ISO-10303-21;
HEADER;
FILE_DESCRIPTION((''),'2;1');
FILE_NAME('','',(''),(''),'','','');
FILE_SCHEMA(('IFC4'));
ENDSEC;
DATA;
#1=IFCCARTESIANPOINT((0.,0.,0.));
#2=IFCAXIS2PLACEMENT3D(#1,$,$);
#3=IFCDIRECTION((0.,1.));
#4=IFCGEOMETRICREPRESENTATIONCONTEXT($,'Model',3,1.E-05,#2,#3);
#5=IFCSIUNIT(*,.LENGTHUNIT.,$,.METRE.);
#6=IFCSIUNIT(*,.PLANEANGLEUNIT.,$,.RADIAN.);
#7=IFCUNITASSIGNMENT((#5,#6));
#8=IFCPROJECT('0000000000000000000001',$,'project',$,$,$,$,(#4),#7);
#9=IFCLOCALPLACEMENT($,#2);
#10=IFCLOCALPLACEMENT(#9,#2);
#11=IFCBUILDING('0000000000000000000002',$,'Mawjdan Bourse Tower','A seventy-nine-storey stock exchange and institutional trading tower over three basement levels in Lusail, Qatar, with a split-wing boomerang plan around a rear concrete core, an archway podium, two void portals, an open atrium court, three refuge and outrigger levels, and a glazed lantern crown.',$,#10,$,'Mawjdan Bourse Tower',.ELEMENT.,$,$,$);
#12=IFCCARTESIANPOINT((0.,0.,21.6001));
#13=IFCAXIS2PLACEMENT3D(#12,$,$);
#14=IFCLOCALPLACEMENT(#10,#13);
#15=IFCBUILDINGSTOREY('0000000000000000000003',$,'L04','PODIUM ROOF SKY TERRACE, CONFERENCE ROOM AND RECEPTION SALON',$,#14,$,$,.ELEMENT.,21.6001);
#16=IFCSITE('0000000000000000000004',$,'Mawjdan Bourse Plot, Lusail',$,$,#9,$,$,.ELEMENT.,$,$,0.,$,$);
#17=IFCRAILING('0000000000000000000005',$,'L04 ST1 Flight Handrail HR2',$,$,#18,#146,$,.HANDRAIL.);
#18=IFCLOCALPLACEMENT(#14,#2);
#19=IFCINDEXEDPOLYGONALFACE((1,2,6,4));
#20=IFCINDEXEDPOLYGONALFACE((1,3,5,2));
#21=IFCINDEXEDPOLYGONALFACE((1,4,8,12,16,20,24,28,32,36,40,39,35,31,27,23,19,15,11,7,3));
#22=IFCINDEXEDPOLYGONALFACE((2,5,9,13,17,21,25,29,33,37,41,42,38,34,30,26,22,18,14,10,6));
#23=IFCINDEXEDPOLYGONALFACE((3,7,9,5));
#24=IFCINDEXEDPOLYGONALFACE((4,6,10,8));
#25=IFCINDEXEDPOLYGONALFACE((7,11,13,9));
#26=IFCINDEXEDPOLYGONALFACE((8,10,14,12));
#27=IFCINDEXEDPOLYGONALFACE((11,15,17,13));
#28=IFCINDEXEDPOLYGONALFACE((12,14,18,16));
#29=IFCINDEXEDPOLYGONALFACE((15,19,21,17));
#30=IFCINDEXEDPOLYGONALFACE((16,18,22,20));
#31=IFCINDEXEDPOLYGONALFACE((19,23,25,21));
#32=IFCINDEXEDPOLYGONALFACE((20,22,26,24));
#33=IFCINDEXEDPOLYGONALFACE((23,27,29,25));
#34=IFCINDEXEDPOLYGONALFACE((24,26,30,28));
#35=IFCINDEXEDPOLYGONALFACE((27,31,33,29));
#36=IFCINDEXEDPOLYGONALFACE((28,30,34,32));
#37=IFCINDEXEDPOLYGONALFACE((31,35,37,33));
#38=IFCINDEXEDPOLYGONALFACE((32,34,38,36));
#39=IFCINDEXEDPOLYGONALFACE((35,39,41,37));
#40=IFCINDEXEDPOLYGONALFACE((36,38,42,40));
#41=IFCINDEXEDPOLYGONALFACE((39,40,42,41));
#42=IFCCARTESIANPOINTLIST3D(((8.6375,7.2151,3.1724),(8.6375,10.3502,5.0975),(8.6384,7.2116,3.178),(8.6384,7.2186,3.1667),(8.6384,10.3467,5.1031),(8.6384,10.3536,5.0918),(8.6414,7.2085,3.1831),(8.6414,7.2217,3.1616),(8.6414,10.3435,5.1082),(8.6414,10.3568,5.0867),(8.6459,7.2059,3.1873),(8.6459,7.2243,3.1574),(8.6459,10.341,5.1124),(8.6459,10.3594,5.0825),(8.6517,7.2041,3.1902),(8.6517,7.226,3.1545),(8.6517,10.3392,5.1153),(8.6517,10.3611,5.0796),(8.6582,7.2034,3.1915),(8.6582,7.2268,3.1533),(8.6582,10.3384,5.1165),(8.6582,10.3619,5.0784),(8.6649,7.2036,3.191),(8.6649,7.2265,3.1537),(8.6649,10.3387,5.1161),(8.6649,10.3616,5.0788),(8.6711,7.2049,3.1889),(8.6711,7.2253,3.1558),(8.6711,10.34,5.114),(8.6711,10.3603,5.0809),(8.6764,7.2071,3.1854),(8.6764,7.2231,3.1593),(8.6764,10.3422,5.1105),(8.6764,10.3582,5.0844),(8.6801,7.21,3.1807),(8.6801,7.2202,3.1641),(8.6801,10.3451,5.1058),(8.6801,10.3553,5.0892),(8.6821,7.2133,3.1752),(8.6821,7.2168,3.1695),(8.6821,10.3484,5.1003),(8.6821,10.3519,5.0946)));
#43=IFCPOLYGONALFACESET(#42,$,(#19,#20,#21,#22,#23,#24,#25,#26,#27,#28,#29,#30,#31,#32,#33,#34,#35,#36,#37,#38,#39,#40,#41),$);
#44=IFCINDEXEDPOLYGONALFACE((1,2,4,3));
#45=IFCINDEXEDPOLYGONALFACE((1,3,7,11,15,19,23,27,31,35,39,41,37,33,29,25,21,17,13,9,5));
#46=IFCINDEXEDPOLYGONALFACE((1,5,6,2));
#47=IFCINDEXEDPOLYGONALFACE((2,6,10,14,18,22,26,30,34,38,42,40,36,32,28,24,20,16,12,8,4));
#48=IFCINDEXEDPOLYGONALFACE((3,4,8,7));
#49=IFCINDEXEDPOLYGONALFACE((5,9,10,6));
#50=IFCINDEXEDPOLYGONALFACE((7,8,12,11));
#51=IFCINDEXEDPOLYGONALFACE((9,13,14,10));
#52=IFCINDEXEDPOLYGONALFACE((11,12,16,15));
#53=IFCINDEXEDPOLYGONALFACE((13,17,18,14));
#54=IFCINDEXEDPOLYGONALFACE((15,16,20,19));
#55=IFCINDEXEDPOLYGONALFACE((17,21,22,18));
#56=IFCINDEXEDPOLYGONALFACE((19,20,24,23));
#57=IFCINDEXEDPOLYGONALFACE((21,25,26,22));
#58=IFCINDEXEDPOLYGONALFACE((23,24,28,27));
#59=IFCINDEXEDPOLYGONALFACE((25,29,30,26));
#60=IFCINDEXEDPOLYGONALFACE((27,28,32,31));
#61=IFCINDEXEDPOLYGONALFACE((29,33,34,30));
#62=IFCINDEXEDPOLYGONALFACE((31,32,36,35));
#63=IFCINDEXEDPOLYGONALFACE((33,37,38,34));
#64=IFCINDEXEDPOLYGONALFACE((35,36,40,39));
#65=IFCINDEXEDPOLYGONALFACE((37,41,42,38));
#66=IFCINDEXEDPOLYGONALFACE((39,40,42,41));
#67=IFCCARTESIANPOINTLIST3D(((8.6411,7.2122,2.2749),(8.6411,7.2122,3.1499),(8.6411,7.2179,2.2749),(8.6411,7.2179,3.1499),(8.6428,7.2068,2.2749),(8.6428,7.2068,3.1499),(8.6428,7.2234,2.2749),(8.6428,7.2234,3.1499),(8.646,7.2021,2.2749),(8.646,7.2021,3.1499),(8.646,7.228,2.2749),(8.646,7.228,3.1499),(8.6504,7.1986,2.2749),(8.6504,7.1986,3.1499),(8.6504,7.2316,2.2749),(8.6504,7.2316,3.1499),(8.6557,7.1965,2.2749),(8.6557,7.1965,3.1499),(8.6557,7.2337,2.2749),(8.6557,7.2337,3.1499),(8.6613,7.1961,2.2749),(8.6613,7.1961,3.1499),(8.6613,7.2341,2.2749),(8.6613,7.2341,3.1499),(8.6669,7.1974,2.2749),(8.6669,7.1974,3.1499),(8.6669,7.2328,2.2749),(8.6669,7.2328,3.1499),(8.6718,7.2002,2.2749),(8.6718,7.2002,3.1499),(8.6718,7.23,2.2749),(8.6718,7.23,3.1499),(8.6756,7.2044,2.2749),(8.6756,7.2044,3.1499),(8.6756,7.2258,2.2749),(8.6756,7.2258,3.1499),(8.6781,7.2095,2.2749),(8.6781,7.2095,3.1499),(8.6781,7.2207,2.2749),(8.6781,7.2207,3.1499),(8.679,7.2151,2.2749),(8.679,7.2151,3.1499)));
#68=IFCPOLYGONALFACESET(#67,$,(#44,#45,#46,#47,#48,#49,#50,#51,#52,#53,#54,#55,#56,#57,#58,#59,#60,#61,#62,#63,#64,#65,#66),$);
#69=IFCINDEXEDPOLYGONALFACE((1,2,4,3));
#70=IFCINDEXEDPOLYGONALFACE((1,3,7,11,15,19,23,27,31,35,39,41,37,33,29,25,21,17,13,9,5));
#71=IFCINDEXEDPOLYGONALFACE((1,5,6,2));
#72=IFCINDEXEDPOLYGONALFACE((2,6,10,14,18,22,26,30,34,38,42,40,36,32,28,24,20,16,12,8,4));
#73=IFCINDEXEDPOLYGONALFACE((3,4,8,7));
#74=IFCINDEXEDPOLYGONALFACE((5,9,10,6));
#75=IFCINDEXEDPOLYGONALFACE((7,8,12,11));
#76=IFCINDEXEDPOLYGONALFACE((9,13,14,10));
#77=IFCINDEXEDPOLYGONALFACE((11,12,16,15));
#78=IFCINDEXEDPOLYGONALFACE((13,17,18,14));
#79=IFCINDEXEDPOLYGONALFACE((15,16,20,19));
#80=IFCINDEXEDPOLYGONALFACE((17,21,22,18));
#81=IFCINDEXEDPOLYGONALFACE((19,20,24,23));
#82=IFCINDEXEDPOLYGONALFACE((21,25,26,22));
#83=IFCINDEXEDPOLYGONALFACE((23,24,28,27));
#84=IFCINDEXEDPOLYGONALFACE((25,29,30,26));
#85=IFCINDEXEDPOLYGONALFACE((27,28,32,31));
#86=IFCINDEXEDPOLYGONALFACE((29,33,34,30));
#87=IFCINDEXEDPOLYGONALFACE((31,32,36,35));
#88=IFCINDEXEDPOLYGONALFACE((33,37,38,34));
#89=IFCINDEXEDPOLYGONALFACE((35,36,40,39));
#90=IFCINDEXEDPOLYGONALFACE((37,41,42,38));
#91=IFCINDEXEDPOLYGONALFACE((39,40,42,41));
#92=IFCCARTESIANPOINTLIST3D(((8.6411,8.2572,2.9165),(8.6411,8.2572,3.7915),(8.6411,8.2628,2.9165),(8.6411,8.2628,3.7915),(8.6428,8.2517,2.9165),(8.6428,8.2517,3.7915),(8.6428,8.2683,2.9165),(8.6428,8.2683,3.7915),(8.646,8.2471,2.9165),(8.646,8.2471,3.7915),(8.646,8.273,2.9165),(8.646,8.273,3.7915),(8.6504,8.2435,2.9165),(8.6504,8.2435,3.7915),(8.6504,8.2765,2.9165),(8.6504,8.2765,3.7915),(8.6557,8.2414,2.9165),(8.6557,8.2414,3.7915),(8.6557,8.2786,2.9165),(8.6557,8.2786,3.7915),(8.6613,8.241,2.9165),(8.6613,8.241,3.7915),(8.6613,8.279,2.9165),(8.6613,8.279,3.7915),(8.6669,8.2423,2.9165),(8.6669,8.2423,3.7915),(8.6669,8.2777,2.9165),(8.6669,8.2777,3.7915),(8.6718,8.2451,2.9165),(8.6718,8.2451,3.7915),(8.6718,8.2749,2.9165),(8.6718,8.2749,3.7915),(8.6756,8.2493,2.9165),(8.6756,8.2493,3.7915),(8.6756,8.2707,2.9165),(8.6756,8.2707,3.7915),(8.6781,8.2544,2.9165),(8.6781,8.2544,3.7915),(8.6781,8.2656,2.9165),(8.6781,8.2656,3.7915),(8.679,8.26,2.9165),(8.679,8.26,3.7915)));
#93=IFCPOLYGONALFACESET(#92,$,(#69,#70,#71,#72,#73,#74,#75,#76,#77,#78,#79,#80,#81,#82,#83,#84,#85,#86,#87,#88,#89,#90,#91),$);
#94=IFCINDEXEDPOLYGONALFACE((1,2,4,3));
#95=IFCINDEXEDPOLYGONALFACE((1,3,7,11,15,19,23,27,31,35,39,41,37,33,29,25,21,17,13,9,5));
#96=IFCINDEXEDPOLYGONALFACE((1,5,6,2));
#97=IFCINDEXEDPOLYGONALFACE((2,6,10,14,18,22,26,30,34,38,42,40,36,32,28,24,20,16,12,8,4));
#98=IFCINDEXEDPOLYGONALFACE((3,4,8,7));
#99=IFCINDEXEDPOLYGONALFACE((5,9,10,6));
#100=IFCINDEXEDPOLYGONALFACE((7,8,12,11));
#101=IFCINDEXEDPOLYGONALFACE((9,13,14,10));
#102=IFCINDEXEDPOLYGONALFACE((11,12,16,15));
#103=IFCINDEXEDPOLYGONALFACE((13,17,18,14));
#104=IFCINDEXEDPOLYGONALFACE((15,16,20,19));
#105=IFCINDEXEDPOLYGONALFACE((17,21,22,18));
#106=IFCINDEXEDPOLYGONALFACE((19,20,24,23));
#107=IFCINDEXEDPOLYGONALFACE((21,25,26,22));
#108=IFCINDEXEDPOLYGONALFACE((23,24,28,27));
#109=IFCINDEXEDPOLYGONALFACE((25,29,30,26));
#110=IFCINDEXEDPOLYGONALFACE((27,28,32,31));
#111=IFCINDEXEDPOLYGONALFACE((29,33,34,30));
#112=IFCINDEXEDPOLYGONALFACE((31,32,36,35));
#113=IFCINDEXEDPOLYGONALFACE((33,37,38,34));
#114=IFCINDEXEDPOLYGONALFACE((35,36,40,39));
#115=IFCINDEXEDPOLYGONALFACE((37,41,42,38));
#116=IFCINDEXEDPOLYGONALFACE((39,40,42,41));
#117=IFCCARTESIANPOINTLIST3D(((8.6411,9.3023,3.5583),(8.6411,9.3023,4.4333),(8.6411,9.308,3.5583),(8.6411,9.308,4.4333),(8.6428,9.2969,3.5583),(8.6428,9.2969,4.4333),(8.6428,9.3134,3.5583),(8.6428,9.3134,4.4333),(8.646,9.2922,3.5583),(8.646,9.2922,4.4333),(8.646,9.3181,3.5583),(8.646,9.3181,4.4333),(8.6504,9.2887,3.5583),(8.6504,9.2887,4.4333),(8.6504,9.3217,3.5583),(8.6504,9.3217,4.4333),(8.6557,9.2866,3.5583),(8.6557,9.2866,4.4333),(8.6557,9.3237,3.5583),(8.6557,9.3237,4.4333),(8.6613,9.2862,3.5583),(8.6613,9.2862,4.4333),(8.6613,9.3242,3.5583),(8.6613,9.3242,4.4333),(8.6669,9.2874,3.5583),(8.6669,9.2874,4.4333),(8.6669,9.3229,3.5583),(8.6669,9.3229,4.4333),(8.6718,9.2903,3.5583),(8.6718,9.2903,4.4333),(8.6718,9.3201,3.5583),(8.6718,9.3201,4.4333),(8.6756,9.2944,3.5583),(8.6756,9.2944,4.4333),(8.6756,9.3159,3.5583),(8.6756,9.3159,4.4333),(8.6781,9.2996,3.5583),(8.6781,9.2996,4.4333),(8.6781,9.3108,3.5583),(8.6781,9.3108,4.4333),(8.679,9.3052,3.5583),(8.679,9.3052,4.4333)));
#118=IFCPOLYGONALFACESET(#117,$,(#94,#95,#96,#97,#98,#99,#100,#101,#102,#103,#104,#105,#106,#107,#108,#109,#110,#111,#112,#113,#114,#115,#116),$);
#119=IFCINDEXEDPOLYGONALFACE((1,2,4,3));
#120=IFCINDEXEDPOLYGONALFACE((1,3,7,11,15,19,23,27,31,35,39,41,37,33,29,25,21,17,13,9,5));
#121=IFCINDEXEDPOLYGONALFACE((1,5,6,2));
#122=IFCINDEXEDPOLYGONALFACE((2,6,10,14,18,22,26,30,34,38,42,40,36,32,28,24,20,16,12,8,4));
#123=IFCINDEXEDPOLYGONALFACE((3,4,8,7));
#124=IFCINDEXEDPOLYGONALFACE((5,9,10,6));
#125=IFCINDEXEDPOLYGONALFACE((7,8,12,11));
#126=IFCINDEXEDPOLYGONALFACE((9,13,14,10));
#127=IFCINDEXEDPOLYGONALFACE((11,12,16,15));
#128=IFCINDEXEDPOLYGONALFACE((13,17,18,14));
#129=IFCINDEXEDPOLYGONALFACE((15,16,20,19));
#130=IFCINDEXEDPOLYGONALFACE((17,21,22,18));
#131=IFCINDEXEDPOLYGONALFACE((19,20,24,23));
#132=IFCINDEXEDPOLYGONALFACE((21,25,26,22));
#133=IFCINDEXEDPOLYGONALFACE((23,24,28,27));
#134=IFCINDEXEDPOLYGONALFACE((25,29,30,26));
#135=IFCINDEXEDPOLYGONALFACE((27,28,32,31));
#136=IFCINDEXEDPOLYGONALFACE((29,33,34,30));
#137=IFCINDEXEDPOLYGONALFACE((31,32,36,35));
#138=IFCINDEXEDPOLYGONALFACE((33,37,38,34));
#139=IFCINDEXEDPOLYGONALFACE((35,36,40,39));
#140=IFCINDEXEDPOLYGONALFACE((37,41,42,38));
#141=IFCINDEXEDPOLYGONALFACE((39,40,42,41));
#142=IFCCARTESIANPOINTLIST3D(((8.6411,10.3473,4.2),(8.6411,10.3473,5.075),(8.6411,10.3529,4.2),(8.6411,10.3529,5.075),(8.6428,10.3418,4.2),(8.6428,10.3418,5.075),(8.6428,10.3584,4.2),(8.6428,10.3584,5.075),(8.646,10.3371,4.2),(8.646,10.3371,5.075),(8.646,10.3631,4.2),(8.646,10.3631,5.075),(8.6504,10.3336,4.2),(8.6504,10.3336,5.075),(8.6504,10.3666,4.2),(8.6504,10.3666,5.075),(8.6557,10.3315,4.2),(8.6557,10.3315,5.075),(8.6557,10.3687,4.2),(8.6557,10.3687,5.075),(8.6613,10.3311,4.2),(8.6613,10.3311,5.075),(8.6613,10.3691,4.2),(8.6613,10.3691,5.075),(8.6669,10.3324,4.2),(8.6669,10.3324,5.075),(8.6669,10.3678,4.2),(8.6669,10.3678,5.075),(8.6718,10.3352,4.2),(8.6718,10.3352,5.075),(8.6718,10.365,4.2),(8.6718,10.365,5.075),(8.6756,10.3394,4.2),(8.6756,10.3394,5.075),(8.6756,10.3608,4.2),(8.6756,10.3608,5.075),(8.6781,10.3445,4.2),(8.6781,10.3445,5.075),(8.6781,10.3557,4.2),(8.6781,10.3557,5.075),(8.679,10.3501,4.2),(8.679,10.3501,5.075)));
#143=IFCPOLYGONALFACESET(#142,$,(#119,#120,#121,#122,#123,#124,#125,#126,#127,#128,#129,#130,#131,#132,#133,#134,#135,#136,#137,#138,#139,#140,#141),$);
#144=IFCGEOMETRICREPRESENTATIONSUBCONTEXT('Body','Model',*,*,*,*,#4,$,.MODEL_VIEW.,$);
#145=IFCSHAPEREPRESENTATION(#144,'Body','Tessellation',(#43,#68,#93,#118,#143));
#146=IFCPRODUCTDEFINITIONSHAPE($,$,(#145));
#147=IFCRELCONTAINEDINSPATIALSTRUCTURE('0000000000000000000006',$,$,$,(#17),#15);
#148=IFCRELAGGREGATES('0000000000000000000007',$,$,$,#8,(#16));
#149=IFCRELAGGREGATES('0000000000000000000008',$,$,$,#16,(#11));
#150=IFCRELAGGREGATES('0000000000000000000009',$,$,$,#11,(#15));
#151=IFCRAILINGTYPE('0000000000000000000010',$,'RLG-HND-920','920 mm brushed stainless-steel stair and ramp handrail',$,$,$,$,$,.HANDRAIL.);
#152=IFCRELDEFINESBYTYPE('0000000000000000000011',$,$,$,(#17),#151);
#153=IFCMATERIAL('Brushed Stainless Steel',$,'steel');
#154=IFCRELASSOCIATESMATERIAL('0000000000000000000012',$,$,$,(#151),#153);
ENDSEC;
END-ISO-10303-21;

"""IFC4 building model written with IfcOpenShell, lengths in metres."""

from ifc_helpers import new_model, si_unit, direction, frame, origin, origin_2d, place, context, subcontext, project, spatial, circle, extrude, material, type_object, element, save


model = new_model("IFC4")

# Units and contexts
model_context = context("Model", 3, precision=1e-05, world=origin(), true_north=direction((0.0, 1.0)))
body_context = subcontext(model_context, "Body", "Model", "MODEL_VIEW")
ifc_project = project(units=[si_unit("LENGTHUNIT", "METRE"), si_unit("PLANEANGLEUNIT", "RADIAN")], contexts=[model_context])

# Site, building, storey
site_placement = place(None, origin())
site = spatial("IfcSite", under=ifc_project, at=site_placement, Name="Mawjdan Bourse Plot, Lusail", CompositionType="ELEMENT", RefElevation=0.0)
building_placement = place(site_placement, origin())
building = spatial("IfcBuilding", under=site, at=building_placement, Name="Mawjdan Bourse Tower", Description="A seventy-nine-storey stock exchange and institutional trading tower over three basement levels in Lusail, Qatar, with a split-wing boomerang plan around a rear concrete core, an archway podium, two void portals, an open atrium court, three refuge and outrigger levels, and a glazed lantern crown.", LongName="Mawjdan Bourse Tower", CompositionType="ELEMENT")
storey_placement = place(building_placement, frame((0.0, 0.0, 21.6001)))
storey = spatial("IfcBuildingStorey", under=building, at=storey_placement, Name="L04", Description="PODIUM ROOF SKY TERRACE, CONFERENCE ROOM AND RECEPTION SALON", CompositionType="ELEMENT", Elevation=21.6001)

# Railing
ifc_material_1 = material(Name="Brushed Stainless Steel", Category="steel")
railing_type_1 = type_object("IfcRailingType", Name="RLG-HND-920", Description="920 mm brushed stainless-steel stair and ramp handrail", PredefinedType="HANDRAIL", material=ifc_material_1)
for number, where, name in (
    (1, (8.6599, 7.2151, 2.2749), "L04 ST1 Flight Handrail HR2"),
):
    element("IfcRailing", number, at=place(storey_placement, frame(where)), inside=storey, type_object=railing_type_1, Name=name, PredefinedType="HANDRAIL", context=body_context, shape_type="SweptSolid", body=[
        extrude(circle(Radius=0.0225, at=origin_2d()), frame((0.0, 0.0, 0.8975), z_axis=(0.0, 0.852166, 0.523271), x_axis=(-1.0, 0.0, 0.0)), (0.0, 0.0, 1.0), 3.679),
        extrude(circle(Radius=0.019, at=origin_2d()), origin(), (0.0, 0.0, 1.0), 0.875),
        extrude(circle(Radius=0.019, at=origin_2d()), frame((0.0, 1.0449, 0.6416)), (0.0, 0.0, 1.0), 0.875),
        extrude(circle(Radius=0.019, at=origin_2d()), frame((0.0, 2.0901, 1.2834)), (0.0, 0.0, 1.0), 0.875),
        extrude(circle(Radius=0.019, at=origin_2d()), frame((0.0, 3.135, 1.925)), (0.0, 0.0, 1.0), 0.875),
    ])

save(model, "model.ifc")
